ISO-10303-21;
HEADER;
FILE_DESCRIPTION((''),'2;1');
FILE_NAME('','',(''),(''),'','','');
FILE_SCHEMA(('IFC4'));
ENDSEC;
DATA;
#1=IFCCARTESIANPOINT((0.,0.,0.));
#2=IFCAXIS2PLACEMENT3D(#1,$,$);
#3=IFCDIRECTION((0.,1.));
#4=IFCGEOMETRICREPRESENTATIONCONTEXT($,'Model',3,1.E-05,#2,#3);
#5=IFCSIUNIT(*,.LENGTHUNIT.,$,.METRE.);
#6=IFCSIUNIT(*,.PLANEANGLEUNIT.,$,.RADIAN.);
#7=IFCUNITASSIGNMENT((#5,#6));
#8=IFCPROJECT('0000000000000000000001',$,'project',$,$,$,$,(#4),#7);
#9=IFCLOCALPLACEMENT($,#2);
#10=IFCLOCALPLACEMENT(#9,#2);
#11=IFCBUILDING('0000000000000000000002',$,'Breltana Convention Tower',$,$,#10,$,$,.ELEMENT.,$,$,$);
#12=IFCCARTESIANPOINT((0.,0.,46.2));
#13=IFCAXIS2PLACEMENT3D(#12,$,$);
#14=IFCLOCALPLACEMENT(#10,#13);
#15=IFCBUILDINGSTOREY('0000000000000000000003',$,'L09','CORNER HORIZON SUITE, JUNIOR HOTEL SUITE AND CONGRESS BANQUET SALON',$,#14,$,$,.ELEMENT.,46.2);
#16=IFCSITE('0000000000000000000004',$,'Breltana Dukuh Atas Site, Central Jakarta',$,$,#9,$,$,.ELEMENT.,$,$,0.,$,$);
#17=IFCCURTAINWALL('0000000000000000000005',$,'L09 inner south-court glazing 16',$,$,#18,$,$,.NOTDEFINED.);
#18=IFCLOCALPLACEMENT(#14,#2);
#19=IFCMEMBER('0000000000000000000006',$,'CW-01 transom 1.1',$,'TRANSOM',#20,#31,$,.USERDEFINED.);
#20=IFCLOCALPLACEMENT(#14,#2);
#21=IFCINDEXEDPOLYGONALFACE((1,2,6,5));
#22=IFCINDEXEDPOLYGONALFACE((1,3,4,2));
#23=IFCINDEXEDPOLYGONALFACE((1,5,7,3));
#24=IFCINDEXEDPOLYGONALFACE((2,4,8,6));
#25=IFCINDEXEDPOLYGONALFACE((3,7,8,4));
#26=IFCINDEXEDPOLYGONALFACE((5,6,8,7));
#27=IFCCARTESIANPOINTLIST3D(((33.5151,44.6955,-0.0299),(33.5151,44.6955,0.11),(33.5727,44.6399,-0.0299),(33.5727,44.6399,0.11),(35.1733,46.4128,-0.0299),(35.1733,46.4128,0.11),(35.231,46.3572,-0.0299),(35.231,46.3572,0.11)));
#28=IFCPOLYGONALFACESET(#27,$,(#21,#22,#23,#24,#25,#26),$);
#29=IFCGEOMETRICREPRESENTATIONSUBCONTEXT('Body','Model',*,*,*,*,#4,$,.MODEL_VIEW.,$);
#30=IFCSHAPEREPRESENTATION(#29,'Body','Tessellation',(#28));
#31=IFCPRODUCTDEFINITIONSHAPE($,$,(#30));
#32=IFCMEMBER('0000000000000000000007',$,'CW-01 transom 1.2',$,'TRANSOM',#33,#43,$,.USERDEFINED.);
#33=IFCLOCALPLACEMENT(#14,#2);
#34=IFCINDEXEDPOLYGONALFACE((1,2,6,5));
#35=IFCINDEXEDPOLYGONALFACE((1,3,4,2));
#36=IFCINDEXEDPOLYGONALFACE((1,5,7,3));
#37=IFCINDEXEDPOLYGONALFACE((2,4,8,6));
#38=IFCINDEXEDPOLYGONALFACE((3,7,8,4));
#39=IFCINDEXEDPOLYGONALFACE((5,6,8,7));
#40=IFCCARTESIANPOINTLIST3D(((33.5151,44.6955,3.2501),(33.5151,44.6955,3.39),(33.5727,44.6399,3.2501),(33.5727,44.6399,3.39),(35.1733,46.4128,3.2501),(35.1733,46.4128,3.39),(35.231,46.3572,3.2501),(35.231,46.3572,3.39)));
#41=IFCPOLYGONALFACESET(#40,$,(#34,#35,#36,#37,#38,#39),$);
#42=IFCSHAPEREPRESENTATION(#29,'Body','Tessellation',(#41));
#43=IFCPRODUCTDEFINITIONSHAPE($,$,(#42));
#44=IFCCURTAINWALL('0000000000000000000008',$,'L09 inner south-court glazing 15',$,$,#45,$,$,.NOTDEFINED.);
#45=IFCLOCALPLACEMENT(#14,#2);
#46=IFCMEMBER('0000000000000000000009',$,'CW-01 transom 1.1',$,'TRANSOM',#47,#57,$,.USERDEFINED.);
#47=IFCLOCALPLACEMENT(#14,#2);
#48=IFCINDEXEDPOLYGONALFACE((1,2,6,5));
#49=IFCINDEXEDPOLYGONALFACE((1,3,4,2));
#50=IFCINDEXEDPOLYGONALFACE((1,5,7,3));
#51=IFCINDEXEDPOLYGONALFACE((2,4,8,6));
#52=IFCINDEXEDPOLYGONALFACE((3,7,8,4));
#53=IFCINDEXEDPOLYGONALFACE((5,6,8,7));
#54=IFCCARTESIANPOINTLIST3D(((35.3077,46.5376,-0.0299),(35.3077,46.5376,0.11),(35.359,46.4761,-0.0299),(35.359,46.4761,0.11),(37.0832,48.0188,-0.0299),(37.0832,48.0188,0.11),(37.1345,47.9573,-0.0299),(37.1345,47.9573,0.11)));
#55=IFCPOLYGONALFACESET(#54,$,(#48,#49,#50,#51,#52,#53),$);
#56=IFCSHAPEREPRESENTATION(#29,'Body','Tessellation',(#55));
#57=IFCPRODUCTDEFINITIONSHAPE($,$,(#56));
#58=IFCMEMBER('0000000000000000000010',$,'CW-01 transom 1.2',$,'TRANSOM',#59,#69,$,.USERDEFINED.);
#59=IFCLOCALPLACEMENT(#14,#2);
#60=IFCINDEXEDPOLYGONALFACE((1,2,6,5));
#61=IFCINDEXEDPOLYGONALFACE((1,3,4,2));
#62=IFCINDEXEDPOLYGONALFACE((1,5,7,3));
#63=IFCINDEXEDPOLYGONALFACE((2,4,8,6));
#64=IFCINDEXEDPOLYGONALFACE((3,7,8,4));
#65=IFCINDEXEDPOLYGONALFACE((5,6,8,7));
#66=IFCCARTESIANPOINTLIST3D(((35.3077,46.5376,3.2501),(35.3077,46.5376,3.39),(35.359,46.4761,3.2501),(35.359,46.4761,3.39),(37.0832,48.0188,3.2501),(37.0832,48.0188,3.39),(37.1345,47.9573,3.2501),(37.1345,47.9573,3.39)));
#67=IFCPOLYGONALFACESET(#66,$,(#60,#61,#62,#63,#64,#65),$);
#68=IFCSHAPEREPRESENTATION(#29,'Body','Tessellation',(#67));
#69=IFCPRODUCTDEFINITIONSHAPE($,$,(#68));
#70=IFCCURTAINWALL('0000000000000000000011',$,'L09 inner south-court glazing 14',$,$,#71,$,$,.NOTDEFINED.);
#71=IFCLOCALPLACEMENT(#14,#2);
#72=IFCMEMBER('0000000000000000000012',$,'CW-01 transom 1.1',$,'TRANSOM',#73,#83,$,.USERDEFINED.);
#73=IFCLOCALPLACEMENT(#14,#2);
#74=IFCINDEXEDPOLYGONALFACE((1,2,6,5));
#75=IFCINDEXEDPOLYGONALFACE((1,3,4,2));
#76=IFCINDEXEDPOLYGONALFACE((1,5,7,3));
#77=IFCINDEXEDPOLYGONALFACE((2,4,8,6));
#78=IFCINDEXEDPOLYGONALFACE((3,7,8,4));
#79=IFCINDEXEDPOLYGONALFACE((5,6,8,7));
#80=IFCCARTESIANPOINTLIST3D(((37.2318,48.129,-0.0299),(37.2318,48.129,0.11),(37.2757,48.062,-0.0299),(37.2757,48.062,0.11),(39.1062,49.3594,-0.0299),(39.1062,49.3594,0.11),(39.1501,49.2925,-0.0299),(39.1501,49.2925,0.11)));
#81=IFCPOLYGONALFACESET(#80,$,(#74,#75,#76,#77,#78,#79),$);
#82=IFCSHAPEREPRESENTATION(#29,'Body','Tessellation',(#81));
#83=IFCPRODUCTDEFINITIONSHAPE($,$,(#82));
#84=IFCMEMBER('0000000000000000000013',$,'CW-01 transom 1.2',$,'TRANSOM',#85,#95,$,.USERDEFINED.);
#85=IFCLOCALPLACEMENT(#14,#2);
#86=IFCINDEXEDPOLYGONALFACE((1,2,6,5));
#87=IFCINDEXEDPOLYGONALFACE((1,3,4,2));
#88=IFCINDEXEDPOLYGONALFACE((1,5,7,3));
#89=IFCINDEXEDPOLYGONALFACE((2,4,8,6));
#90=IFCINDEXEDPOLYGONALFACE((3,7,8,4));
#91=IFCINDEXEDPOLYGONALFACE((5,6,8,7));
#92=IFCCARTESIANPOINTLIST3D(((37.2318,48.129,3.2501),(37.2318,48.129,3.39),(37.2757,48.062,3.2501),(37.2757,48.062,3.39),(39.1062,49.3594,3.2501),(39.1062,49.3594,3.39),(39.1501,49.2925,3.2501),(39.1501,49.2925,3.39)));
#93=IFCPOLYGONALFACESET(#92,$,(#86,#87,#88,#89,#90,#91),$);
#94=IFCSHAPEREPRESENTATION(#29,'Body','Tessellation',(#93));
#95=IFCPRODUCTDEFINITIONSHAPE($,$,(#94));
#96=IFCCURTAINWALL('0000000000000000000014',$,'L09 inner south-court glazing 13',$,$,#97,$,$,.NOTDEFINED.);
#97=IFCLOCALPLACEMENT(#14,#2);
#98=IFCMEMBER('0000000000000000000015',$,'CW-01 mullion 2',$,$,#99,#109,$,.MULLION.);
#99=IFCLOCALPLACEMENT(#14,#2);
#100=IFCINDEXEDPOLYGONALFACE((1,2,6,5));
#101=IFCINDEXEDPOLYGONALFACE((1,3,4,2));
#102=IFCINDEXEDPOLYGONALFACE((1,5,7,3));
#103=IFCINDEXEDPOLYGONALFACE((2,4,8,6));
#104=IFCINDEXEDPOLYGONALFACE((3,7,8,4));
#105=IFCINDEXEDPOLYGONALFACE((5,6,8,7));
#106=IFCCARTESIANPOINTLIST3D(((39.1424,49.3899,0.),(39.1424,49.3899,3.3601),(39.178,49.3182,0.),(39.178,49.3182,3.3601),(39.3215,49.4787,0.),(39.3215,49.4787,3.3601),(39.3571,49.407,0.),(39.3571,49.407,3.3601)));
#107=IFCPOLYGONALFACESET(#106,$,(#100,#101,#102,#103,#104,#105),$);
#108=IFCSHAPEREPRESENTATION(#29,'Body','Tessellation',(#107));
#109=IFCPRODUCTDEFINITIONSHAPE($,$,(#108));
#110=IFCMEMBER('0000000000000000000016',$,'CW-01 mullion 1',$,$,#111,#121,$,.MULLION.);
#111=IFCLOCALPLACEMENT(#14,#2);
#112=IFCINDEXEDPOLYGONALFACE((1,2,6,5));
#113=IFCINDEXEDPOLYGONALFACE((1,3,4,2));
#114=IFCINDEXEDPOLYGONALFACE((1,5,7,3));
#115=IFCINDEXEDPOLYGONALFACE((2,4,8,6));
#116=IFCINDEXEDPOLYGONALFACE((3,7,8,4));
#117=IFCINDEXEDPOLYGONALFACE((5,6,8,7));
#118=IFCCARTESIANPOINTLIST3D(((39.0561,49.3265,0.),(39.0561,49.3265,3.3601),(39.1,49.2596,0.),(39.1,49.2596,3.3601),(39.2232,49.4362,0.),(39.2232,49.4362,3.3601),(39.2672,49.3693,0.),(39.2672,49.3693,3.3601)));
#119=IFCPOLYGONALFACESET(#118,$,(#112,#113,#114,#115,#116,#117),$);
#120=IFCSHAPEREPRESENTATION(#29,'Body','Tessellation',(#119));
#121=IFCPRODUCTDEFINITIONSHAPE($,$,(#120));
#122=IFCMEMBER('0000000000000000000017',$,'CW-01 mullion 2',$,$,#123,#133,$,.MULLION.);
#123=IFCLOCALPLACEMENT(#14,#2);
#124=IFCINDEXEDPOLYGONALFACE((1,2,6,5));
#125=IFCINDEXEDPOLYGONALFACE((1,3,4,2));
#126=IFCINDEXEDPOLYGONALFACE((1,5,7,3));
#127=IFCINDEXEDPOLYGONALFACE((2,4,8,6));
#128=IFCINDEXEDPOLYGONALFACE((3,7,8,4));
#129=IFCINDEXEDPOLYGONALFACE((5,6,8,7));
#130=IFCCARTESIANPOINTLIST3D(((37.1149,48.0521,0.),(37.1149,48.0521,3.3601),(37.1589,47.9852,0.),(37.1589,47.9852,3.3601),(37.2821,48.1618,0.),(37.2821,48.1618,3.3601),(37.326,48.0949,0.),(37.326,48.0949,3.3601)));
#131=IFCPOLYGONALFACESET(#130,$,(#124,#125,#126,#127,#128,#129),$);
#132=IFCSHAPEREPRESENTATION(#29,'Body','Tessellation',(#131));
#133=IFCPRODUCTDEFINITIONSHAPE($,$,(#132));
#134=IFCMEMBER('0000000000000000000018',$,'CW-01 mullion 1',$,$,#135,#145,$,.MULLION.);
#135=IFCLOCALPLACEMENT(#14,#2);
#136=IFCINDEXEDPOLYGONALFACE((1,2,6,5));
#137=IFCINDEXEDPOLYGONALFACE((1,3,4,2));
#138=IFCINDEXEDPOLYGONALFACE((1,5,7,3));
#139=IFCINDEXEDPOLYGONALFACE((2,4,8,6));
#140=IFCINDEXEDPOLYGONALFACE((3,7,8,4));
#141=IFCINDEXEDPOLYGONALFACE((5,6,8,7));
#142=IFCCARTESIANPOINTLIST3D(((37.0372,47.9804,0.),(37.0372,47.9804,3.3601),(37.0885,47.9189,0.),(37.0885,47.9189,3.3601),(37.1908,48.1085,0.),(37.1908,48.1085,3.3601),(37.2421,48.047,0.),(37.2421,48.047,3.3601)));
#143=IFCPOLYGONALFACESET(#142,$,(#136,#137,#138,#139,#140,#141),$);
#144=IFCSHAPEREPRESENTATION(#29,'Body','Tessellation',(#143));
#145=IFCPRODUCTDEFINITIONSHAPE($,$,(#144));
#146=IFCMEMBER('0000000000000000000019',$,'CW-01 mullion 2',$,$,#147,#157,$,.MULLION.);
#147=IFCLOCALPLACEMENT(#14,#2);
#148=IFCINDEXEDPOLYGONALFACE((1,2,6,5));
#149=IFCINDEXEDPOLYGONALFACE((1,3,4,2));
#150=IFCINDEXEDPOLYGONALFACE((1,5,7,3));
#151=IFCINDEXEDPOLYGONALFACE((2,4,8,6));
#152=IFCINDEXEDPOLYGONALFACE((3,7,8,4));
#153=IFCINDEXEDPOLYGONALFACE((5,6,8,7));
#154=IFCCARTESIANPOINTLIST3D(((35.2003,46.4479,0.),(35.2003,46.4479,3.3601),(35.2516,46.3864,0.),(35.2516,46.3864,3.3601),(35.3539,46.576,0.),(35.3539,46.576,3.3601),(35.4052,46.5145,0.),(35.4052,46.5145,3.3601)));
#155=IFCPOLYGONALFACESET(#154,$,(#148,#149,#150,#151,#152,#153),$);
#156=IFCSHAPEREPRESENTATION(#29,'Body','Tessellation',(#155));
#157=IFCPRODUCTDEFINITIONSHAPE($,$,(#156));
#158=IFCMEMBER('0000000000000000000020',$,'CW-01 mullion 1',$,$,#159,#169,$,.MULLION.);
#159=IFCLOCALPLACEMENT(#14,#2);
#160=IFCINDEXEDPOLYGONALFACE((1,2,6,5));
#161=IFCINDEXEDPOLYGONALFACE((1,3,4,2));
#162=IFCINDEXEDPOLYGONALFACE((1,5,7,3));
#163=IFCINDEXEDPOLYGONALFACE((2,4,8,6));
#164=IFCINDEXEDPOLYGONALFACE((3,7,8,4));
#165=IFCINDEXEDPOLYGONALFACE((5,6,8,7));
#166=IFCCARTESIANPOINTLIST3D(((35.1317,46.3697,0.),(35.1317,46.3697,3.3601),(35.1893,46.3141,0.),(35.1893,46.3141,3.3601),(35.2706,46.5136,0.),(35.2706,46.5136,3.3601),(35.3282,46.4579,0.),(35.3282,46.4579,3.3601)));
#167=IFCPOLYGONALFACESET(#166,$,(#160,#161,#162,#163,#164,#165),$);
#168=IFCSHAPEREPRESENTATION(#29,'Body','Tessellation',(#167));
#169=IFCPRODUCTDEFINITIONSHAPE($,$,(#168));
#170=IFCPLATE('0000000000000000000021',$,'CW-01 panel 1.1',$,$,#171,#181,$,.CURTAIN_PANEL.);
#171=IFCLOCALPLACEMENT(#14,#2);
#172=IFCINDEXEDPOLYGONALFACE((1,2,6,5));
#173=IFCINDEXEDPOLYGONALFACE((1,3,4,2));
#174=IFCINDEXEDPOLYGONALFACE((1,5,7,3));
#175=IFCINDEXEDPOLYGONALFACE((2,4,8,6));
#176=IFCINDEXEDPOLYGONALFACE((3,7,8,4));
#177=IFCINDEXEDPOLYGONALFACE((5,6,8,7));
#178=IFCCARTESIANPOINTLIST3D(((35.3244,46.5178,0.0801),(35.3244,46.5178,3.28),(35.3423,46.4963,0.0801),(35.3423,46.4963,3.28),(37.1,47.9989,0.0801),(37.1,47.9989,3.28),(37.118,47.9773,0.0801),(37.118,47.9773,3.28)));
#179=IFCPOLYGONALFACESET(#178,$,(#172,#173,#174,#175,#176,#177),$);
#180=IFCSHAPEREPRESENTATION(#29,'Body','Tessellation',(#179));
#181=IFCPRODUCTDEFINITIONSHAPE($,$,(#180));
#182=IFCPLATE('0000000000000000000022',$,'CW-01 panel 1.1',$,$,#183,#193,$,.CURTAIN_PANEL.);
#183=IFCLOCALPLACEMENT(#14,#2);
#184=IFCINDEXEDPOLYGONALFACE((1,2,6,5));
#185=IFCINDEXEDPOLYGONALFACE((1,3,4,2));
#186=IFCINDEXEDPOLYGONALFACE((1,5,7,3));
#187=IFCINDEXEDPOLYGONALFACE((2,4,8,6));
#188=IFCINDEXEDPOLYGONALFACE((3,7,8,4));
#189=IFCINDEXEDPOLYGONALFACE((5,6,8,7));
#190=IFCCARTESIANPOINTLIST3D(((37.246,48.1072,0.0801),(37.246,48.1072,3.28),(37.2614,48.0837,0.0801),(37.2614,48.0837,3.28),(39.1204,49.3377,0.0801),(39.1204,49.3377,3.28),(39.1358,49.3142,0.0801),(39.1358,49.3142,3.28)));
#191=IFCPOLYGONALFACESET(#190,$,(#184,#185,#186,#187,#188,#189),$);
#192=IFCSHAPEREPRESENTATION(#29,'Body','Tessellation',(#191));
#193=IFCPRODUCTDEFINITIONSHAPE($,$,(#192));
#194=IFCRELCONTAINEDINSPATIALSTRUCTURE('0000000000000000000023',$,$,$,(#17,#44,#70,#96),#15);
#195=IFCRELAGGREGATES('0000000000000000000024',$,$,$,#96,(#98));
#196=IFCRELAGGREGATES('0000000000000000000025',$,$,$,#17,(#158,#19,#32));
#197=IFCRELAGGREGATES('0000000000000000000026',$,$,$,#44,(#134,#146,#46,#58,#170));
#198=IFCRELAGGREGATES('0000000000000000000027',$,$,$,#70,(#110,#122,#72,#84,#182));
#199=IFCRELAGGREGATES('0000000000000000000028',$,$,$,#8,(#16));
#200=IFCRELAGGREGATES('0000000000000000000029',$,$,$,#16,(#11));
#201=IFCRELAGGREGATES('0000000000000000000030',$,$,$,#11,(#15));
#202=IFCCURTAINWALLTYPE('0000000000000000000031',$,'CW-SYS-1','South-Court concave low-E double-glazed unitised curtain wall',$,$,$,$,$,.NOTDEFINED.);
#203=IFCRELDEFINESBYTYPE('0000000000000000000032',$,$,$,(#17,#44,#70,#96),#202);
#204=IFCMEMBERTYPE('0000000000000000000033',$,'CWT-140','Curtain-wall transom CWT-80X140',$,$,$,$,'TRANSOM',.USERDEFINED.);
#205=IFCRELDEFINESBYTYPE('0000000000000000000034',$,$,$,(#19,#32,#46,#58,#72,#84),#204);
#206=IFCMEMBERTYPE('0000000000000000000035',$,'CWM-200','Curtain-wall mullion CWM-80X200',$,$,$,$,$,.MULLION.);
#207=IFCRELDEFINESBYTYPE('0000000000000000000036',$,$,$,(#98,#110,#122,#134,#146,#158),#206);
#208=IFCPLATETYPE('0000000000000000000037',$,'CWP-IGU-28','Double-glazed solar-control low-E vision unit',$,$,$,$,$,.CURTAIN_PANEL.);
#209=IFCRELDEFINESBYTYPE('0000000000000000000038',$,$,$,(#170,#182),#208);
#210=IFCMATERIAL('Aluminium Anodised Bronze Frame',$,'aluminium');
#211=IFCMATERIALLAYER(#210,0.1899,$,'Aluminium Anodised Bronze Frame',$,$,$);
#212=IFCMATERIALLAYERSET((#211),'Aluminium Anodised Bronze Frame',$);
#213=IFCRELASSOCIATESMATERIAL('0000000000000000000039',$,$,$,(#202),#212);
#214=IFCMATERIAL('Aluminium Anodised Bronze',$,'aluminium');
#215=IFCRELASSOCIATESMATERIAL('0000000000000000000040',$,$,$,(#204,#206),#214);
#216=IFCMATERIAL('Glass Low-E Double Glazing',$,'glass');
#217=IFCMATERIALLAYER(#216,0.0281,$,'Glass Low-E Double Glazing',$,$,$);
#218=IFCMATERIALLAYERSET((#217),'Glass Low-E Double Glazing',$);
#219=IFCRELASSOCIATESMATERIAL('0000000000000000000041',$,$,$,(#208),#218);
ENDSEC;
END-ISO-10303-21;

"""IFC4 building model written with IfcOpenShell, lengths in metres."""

from ifc_helpers import new_model, si_unit, direction, frame, origin, origin_2d, place, context, subcontext, project, spatial, rectangle, extrude, source, transform, mapped, material, layer, layer_set, material_profile, profile_set, type_object, type_shapes, element, aggregate, save


model = new_model("IFC4")

# Units and contexts
model_context = context("Model", 3, precision=1e-05, world=origin(), true_north=direction((0.0, 1.0)))
body_context = subcontext(model_context, "Body", "Model", "MODEL_VIEW")
ifc_project = project(units=[si_unit("LENGTHUNIT", "METRE"), si_unit("PLANEANGLEUNIT", "RADIAN")], contexts=[model_context])

# Site, building, storey
site_placement = place(None, origin())
site = spatial("IfcSite", under=ifc_project, at=site_placement, Name="Breltana Dukuh Atas Site, Central Jakarta", CompositionType="ELEMENT", RefElevation=0.0)
building_placement = place(site_placement, origin())
building = spatial("IfcBuilding", under=site, at=building_placement, Name="Breltana Convention Tower", CompositionType="ELEMENT")
storey_placement = place(building_placement, frame((0.0, 0.0, 46.2)))
storey = spatial("IfcBuildingStorey", under=building, at=storey_placement, Name="L09", Description="CORNER HORIZON SUITE, JUNIOR HOTEL SUITE AND CONGRESS BANQUET SALON", CompositionType="ELEMENT", Elevation=46.2)

# Curtain walls, members
ifc_material_1 = material(Name="Aluminium Anodised Bronze Frame", Category="aluminium")
ifc_layer_1 = layer(ifc_material_1, 0.1899, Name="Aluminium Anodised Bronze Frame")
ifc_layer_set_1 = layer_set([ifc_layer_1], Name="Aluminium Anodised Bronze Frame")
curtain_wall_type = type_object("IfcCurtainWallType", Name="CW-SYS-1", Description="South-Court concave low-E double-glazed unitised curtain wall", PredefinedType="NOTDEFINED", material=ifc_layer_set_1)
curtain_wall_1_placement = place(storey_placement, origin())
curtain_wall_1 = element("IfcCurtainWall", 1, at=curtain_wall_1_placement, inside=storey, type_object=curtain_wall_type, Name="L09 inner south-court glazing 16", PredefinedType="NOTDEFINED")
ifc_material_2 = material(Name="Aluminium Anodised Bronze", Category="aluminium")
ifc_material_profile_1 = material_profile(ifc_material_2, rectangle(XDim=0.0801, YDim=0.1399, at=origin_2d()), Name="CWT-80X140")
ifc_profile_set_1 = profile_set([ifc_material_profile_1], Name="Aluminium Anodised Bronze")
member_type_1 = type_object("IfcMemberType", Name="CWT-140", Description="Curtain-wall transom CWT-80X140", ElementType="TRANSOM", PredefinedType="USERDEFINED", material=ifc_profile_set_1)
shared_shape_1 = source(origin(), body_context, "Body", "SweptSolid", [
    extrude(rectangle(XDim=0.0801, YDim=0.1399, at=origin_2d()), origin(), (0.0, 0.0, 1.0), 2.3872),
])
type_shapes(member_type_1, [shared_shape_1])
member_1_placement = place(storey_placement, frame((35.2021, 46.385, 0.04), z_axis=(-0.694624, -0.719373, 0.0), x_axis=(0.719373, -0.694624, 0.0)))
member_1 = element("IfcMember", 2, at=member_1_placement, type_object=member_type_1, Name="CW-01 transom 1.1", ObjectType="TRANSOM", PredefinedType="USERDEFINED", context=body_context, shape_type="MappedRepresentation", body=[
    mapped(shared_shape_1, transform((0.0, 0.0, 0.0), scale=1.0)),
])
member_2_placement = place(storey_placement, frame((35.2021, 46.385, 3.3201), z_axis=(-0.694624, -0.719373, 0.0), x_axis=(0.719373, -0.694624, 0.0)))
member_2 = element("IfcMember", 3, at=member_2_placement, type_object=member_type_1, Name="CW-01 transom 1.2", ObjectType="TRANSOM", PredefinedType="USERDEFINED", context=body_context, shape_type="MappedRepresentation", body=[
    mapped(shared_shape_1, transform((0.0, 0.0, 0.0), scale=1.0)),
])
curtain_wall_2_placement = place(storey_placement, origin())
curtain_wall_2 = element("IfcCurtainWall", 4, at=curtain_wall_2_placement, inside=storey, type_object=curtain_wall_type, Name="L09 inner south-court glazing 15", PredefinedType="NOTDEFINED")
shared_shape_2 = source(origin(), body_context, "Body", "SweptSolid", [
    extrude(rectangle(XDim=0.0801, YDim=0.1399, at=origin_2d()), origin(), (0.0, 0.0, 1.0), 2.3123),
])
member_3_placement = place(storey_placement, frame((37.1089, 47.988, 0.04), z_axis=(-0.767901, -0.640569, 0.0), x_axis=(0.640569, -0.767901, 0.0)))
member_3 = element("IfcMember", 5, at=member_3_placement, type_object=member_type_1, Name="CW-01 transom 1.1", ObjectType="TRANSOM", PredefinedType="USERDEFINED", context=body_context, shape_type="MappedRepresentation", body=[
    mapped(shared_shape_2, transform((0.0, 0.0, 0.0), scale=1.0)),
])
member_4_placement = place(storey_placement, frame((37.1089, 47.988, 3.3201), z_axis=(-0.767901, -0.640569, 0.0), x_axis=(0.640569, -0.767901, 0.0)))
member_4 = element("IfcMember", 6, at=member_4_placement, type_object=member_type_1, Name="CW-01 transom 1.2", ObjectType="TRANSOM", PredefinedType="USERDEFINED", context=body_context, shape_type="MappedRepresentation", body=[
    mapped(shared_shape_2, transform((0.0, 0.0, 0.0), scale=1.0)),
])
curtain_wall_3_placement = place(storey_placement, origin())
curtain_wall_3 = element("IfcCurtainWall", 7, at=curtain_wall_3_placement, inside=storey, type_object=curtain_wall_type, Name="L09 inner south-court glazing 14", PredefinedType="NOTDEFINED")
shared_shape_3 = source(origin(), body_context, "Body", "SweptSolid", [
    extrude(rectangle(XDim=0.0801, YDim=0.1399, at=origin_2d()), origin(), (0.0, 0.0, 1.0), 2.2422),
])
member_5_placement = place(storey_placement, frame((39.1282, 49.3259, 0.04), z_axis=(-0.835982, -0.548756, 0.0), x_axis=(0.548756, -0.835982, 0.0)))
member_5 = element("IfcMember", 8, at=member_5_placement, type_object=member_type_1, Name="CW-01 transom 1.1", ObjectType="TRANSOM", PredefinedType="USERDEFINED", context=body_context, shape_type="MappedRepresentation", body=[
    mapped(shared_shape_3, transform((0.0, 0.0, 0.0), scale=1.0)),
])
member_6_placement = place(storey_placement, frame((39.1282, 49.3259, 3.3201), z_axis=(-0.835982, -0.548756, 0.0), x_axis=(0.548756, -0.835982, 0.0)))
member_6 = element("IfcMember", 9, at=member_6_placement, type_object=member_type_1, Name="CW-01 transom 1.2", ObjectType="TRANSOM", PredefinedType="USERDEFINED", context=body_context, shape_type="MappedRepresentation", body=[
    mapped(shared_shape_3, transform((0.0, 0.0, 0.0), scale=1.0)),
])

# Curtain wall, member
curtain_wall_4_placement = place(storey_placement, origin())
curtain_wall_4 = element("IfcCurtainWall", 10, at=curtain_wall_4_placement, inside=storey, type_object=curtain_wall_type, Name="L09 inner south-court glazing 13", PredefinedType="NOTDEFINED")
ifc_material_profile_2 = material_profile(ifc_material_2, rectangle(XDim=0.0801, YDim=0.2, at=origin_2d()), Name="CWM-80X200")
ifc_profile_set_2 = profile_set([ifc_material_profile_2], Name="Aluminium Anodised Bronze")
member_type_2 = type_object("IfcMemberType", Name="CWM-200", Description="Curtain-wall mullion CWM-80X200", PredefinedType="MULLION", material=ifc_profile_set_2)
shared_shape_4 = source(origin(), body_context, "Body", "SweptSolid", [
    extrude(rectangle(XDim=0.0801, YDim=0.2, at=origin_2d()), origin(), (0.0, 0.0, 1.0), 3.3601),
])
member_7_placement = place(storey_placement, frame((39.2498, 49.3984, 0.0), z_axis=(0.0, 0.0, 1.0), x_axis=(0.444118, -0.895968, 0.0)))
member_7 = element("IfcMember", 11, at=member_7_placement, type_object=member_type_2, Name="CW-01 mullion 2", PredefinedType="MULLION", context=body_context, shape_type="MappedRepresentation", body=[
    mapped(shared_shape_4, transform((0.0, 0.0, 0.0), scale=1.0)),
])
aggregate(curtain_wall_4, [member_7])

# Members
member_8_placement = place(storey_placement, frame((39.1616, 49.3479, 0.0), z_axis=(0.0, 0.0, 1.0), x_axis=(0.548778, -0.835968, 0.0)))
member_8 = element("IfcMember", 12, at=member_8_placement, type_object=member_type_2, Name="CW-01 mullion 1", PredefinedType="MULLION", context=body_context, shape_type="MappedRepresentation", body=[
    mapped(shared_shape_4, transform((0.0, 0.0, 0.0), scale=1.0)),
])
member_9_placement = place(storey_placement, frame((37.2205, 48.0735, 0.0), z_axis=(0.0, 0.0, 1.0), x_axis=(0.548778, -0.835968, 0.0)))
member_9 = element("IfcMember", 13, at=member_9_placement, type_object=member_type_2, Name="CW-01 mullion 2", PredefinedType="MULLION", context=body_context, shape_type="MappedRepresentation", body=[
    mapped(shared_shape_4, transform((0.0, 0.0, 0.0), scale=1.0)),
])
member_10_placement = place(storey_placement, frame((37.1396, 48.0137, 0.0), z_axis=(0.0, 0.0, 1.0), x_axis=(0.640523, -0.767939, 0.0)))
member_10 = element("IfcMember", 14, at=member_10_placement, type_object=member_type_2, Name="CW-01 mullion 1", PredefinedType="MULLION", context=body_context, shape_type="MappedRepresentation", body=[
    mapped(shared_shape_4, transform((0.0, 0.0, 0.0), scale=1.0)),
])
member_11_placement = place(storey_placement, frame((35.3027, 46.4812, 0.0), z_axis=(0.0, 0.0, 1.0), x_axis=(0.640523, -0.767939, 0.0)))
member_11 = element("IfcMember", 15, at=member_11_placement, type_object=member_type_2, Name="CW-01 mullion 2", PredefinedType="MULLION", context=body_context, shape_type="MappedRepresentation", body=[
    mapped(shared_shape_4, transform((0.0, 0.0, 0.0), scale=1.0)),
])
member_12_placement = place(storey_placement, frame((35.23, 46.4138, 0.0), z_axis=(0.0, 0.0, 1.0), x_axis=(0.719385, -0.694612, 0.0)))
member_12 = element("IfcMember", 16, at=member_12_placement, type_object=member_type_2, Name="CW-01 mullion 1", PredefinedType="MULLION", context=body_context, shape_type="MappedRepresentation", body=[
    mapped(shared_shape_4, transform((0.0, 0.0, 0.0), scale=1.0)),
])
aggregate(curtain_wall_1, [member_12, member_1, member_2])

# Plates
ifc_material_3 = material(Name="Glass Low-E Double Glazing", Category="glass")
ifc_layer_2 = layer(ifc_material_3, 0.0281, Name="Glass Low-E Double Glazing")
ifc_layer_set_2 = layer_set([ifc_layer_2], Name="Glass Low-E Double Glazing")
plate_type = type_object("IfcPlateType", Name="CWP-IGU-28", Description="Double-glazed solar-control low-E vision unit", PredefinedType="CURTAIN_PANEL", material=ifc_layer_set_2)
shared_shape_5 = source(origin(), body_context, "Body", "SweptSolid", [
    extrude(rectangle(XDim=2.3123, YDim=0.0281, at=origin_2d()), origin(), (0.0, 0.0, 1.0), 3.2),
])
plate_1_placement = place(storey_placement, frame((36.2212, 47.2476, 0.0801), z_axis=(0.0, 0.0, 1.0), x_axis=(-0.767939, -0.640523, 0.0)))
plate_1 = element("IfcPlate", 17, at=plate_1_placement, type_object=plate_type, Name="CW-01 panel 1.1", PredefinedType="CURTAIN_PANEL", context=body_context, shape_type="MappedRepresentation", body=[
    mapped(shared_shape_5, transform((0.0, 0.0, 0.0), scale=1.0)),
])
aggregate(curtain_wall_2, [member_10, member_11, member_3, member_4, plate_1])
shared_shape_6 = source(origin(), body_context, "Body", "SweptSolid", [
    extrude(rectangle(XDim=2.2422, YDim=0.0281, at=origin_2d()), origin(), (0.0, 0.0, 1.0), 3.2),
])
plate_2_placement = place(storey_placement, frame((38.1909, 48.7107, 0.0801), z_axis=(0.0, 0.0, 1.0), x_axis=(-0.835968, -0.548778, 0.0)))
plate_2 = element("IfcPlate", 18, at=plate_2_placement, type_object=plate_type, Name="CW-01 panel 1.1", PredefinedType="CURTAIN_PANEL", context=body_context, shape_type="MappedRepresentation", body=[
    mapped(shared_shape_6, transform((0.0, 0.0, 0.0), scale=1.0)),
])
aggregate(curtain_wall_3, [member_8, member_9, member_5, member_6, plate_2])

save(model, "model.ifc")
